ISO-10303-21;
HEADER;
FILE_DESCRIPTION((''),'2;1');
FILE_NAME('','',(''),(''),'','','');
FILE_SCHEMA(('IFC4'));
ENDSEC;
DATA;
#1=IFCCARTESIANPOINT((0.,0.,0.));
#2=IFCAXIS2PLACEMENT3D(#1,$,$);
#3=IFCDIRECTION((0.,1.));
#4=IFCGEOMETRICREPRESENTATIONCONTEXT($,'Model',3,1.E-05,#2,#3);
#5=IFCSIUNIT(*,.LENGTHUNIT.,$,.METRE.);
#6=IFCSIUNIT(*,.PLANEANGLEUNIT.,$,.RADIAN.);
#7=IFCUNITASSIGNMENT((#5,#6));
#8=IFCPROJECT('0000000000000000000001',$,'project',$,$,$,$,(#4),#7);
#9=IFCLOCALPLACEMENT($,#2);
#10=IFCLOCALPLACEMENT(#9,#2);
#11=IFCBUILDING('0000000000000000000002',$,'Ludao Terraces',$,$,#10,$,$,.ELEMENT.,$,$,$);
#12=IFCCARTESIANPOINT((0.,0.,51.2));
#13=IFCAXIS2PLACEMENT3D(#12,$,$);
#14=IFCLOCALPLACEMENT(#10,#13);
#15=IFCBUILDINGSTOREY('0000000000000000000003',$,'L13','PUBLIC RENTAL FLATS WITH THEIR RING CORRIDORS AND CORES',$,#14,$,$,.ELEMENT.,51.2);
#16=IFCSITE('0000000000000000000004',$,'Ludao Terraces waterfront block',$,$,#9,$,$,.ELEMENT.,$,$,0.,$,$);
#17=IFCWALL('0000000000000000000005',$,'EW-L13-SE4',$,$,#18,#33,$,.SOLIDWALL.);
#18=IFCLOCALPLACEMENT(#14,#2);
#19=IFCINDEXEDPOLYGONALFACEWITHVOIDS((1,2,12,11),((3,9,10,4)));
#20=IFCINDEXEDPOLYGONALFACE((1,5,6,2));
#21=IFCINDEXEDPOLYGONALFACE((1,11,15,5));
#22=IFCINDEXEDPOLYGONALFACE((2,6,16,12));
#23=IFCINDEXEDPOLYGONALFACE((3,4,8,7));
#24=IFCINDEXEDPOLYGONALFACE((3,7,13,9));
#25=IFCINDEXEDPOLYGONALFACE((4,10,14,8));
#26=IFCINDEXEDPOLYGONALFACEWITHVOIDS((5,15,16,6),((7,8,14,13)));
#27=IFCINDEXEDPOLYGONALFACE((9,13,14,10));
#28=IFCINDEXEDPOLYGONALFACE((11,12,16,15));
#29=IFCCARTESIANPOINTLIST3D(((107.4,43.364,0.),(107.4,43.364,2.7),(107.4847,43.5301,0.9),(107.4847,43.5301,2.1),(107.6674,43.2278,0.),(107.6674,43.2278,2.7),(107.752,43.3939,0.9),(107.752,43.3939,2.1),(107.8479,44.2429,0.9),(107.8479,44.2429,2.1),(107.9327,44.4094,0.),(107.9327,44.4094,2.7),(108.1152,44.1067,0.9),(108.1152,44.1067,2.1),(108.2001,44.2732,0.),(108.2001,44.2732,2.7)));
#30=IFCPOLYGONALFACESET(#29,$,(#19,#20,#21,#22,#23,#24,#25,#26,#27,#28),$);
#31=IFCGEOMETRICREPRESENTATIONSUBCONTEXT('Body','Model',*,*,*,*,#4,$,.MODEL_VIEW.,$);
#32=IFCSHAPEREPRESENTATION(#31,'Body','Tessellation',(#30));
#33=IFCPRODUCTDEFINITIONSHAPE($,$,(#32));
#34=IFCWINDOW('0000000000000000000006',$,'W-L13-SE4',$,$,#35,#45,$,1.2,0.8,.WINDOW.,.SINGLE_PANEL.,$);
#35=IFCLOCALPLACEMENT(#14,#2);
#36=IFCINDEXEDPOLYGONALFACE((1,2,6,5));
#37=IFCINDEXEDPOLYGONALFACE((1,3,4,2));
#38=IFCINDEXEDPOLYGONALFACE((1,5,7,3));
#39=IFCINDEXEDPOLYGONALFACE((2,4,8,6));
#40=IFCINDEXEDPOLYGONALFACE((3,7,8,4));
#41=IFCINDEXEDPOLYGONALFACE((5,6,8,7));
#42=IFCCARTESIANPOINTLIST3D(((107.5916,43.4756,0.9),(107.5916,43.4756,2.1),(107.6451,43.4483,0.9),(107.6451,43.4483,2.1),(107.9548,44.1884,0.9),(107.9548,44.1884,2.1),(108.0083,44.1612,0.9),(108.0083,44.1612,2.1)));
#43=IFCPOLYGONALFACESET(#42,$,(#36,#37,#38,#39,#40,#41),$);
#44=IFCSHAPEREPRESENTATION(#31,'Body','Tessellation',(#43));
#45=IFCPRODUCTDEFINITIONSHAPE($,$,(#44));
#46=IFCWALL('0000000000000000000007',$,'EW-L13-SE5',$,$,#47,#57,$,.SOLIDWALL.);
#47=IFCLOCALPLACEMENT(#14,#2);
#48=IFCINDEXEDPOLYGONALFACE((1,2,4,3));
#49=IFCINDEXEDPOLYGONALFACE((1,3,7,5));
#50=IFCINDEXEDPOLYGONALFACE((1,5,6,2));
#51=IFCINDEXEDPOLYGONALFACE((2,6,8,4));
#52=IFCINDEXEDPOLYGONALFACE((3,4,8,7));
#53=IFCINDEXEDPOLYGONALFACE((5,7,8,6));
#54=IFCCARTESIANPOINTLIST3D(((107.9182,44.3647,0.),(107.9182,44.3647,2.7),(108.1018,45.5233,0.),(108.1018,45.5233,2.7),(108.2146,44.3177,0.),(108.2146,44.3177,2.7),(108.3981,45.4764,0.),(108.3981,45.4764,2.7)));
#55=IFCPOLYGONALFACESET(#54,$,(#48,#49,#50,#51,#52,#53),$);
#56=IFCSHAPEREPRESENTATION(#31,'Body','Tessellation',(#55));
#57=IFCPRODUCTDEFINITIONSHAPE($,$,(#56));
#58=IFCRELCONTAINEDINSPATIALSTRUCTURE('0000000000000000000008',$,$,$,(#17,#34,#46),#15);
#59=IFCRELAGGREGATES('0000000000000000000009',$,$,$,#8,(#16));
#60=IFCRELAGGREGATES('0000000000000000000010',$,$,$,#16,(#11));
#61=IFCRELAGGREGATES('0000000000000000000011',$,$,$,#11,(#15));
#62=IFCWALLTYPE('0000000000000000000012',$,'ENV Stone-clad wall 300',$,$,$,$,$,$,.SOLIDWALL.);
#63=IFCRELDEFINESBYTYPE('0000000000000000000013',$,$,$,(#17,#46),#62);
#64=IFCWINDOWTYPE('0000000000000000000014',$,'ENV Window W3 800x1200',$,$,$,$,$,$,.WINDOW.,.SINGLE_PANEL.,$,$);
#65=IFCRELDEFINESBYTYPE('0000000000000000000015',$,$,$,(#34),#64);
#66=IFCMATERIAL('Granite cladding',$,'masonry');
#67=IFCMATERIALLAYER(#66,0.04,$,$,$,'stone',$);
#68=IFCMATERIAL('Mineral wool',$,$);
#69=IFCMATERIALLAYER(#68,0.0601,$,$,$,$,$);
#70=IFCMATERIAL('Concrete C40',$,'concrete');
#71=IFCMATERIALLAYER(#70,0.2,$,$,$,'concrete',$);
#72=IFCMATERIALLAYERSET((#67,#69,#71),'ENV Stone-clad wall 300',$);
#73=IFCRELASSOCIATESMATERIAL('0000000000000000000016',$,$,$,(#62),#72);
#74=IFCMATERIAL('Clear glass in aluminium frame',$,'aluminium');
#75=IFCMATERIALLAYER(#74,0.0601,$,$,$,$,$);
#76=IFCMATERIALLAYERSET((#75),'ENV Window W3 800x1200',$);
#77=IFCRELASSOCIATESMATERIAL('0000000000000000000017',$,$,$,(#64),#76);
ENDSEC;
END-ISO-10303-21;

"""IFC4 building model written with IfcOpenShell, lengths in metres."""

from ifc_helpers import new_model, si_unit, direction, frame, frame_2d, origin, place, context, subcontext, project, spatial, rectangle, extrude, material, layer, layer_set, type_object, element, fill, save


model = new_model("IFC4")

# Units and contexts
model_context = context("Model", 3, precision=1e-05, world=origin(), true_north=direction((0.0, 1.0)))
body_context = subcontext(model_context, "Body", "Model", "MODEL_VIEW")
ifc_project = project(units=[si_unit("LENGTHUNIT", "METRE"), si_unit("PLANEANGLEUNIT", "RADIAN")], contexts=[model_context])

# Site, building, storey
site_placement = place(None, origin())
site = spatial("IfcSite", under=ifc_project, at=site_placement, Name="Ludao Terraces waterfront block", CompositionType="ELEMENT", RefElevation=0.0)
building_placement = place(site_placement, origin())
building = spatial("IfcBuilding", under=site, at=building_placement, Name="Ludao Terraces", CompositionType="ELEMENT")
storey_placement = place(building_placement, frame((0.0, 0.0, 51.2)))
storey = spatial("IfcBuildingStorey", under=building, at=storey_placement, Name="L13", Description="PUBLIC RENTAL FLATS WITH THEIR RING CORRIDORS AND CORES", CompositionType="ELEMENT", Elevation=51.2)

# Shared definitions
ifc_material_1 = material(Name="Concrete C40", Category="concrete")

# Shared definitions
ifc_material_2 = material(Name="Granite cladding", Category="masonry")
ifc_layer_1 = layer(ifc_material_2, 0.04, Category="stone")
ifc_material_3 = material(Name="Mineral wool")
ifc_layer_2 = layer(ifc_material_3, 0.0601)
ifc_layer_3 = layer(ifc_material_1, 0.2, Category="concrete")
ifc_layer_set_1 = layer_set([ifc_layer_1, ifc_layer_2, ifc_layer_3], Name="ENV Stone-clad wall 300")
wall_type_1 = type_object("IfcWallType", Name="ENV Stone-clad wall 300", PredefinedType="SOLIDWALL", material=ifc_layer_set_1)
ifc_material_4 = material(Name="Clear glass in aluminium frame", Category="aluminium")

# Wall, opening, window
ifc_layer_4 = layer(ifc_material_4, 0.0601)
ifc_layer_set_2 = layer_set([ifc_layer_4], Name="ENV Window W3 800x1200")
window_type_1 = type_object("IfcWindowType", Name="ENV Window W3 800x1200", PartitioningType="SINGLE_PANEL", PredefinedType="WINDOW", material=ifc_layer_set_2)
wall_1_placement = place(storey_placement, frame((107.5337, 43.2959, 0.0), z_axis=(0.0, 0.0, 1.0), x_axis=(0.454026, 0.890989, 0.0)))
wall_1 = element("IfcWall", 1, at=wall_1_placement, inside=storey, type_object=wall_type_1, Name="EW-L13-SE4", PredefinedType="SOLIDWALL", context=body_context, shape_type="SweptSolid", body=[
    extrude(rectangle(XDim=1.1733, YDim=0.3, at=frame_2d((0.5867, 0.0))), origin(), (0.0, 0.0, 1.0), 2.7),
])
opening_1_placement = place(wall_1_placement, frame((0.1865, 0.0, 0.8999)))
opening_1 = element("IfcOpeningElement", 2, at=opening_1_placement, cuts=wall_1, PredefinedType="OPENING", context=body_context, shape_type="SweptSolid", body=[
    extrude(rectangle(XDim=0.8, YDim=1.2, at=frame_2d((0.3999, 0.6001))), frame((0.0, 0.1602, 0.0), z_axis=(0.0, -1.0, 0.0), x_axis=(1.0, 0.0, 0.0)), (0.0, 0.0, 1.0), 0.3201),
])
window_1_placement = place(opening_1_placement, origin())
window_1 = element("IfcWindow", 3, at=window_1_placement, inside=storey, type_object=window_type_1, Name="W-L13-SE4", OverallHeight=1.2, OverallWidth=0.8, PartitioningType="SINGLE_PANEL", PredefinedType="WINDOW", context=body_context, shape_type="SweptSolid", body=[
    extrude(rectangle(XDim=0.8, YDim=1.2, at=frame_2d((0.3999, 0.6001))), frame((0.0, 0.03, 0.0), z_axis=(0.0, -1.0, 0.0), x_axis=(1.0, 0.0, 0.0)), (0.0, 0.0, 1.0), 0.0601),
])
fill(opening_1, window_1)

# Wall
wall_2_placement = place(storey_placement, frame((108.0664, 44.3413, 0.0), z_axis=(0.0, 0.0, 1.0), x_axis=(0.156497, 0.987678, 0.0)))
element("IfcWall", 4, at=wall_2_placement, inside=storey, type_object=wall_type_1, Name="EW-L13-SE5", PredefinedType="SOLIDWALL", context=body_context, shape_type="SweptSolid", body=[
    extrude(rectangle(XDim=1.1731, YDim=0.3, at=frame_2d((0.5864, 0.0))), origin(), (0.0, 0.0, 1.0), 2.7),
])

save(model, "model.ifc")
